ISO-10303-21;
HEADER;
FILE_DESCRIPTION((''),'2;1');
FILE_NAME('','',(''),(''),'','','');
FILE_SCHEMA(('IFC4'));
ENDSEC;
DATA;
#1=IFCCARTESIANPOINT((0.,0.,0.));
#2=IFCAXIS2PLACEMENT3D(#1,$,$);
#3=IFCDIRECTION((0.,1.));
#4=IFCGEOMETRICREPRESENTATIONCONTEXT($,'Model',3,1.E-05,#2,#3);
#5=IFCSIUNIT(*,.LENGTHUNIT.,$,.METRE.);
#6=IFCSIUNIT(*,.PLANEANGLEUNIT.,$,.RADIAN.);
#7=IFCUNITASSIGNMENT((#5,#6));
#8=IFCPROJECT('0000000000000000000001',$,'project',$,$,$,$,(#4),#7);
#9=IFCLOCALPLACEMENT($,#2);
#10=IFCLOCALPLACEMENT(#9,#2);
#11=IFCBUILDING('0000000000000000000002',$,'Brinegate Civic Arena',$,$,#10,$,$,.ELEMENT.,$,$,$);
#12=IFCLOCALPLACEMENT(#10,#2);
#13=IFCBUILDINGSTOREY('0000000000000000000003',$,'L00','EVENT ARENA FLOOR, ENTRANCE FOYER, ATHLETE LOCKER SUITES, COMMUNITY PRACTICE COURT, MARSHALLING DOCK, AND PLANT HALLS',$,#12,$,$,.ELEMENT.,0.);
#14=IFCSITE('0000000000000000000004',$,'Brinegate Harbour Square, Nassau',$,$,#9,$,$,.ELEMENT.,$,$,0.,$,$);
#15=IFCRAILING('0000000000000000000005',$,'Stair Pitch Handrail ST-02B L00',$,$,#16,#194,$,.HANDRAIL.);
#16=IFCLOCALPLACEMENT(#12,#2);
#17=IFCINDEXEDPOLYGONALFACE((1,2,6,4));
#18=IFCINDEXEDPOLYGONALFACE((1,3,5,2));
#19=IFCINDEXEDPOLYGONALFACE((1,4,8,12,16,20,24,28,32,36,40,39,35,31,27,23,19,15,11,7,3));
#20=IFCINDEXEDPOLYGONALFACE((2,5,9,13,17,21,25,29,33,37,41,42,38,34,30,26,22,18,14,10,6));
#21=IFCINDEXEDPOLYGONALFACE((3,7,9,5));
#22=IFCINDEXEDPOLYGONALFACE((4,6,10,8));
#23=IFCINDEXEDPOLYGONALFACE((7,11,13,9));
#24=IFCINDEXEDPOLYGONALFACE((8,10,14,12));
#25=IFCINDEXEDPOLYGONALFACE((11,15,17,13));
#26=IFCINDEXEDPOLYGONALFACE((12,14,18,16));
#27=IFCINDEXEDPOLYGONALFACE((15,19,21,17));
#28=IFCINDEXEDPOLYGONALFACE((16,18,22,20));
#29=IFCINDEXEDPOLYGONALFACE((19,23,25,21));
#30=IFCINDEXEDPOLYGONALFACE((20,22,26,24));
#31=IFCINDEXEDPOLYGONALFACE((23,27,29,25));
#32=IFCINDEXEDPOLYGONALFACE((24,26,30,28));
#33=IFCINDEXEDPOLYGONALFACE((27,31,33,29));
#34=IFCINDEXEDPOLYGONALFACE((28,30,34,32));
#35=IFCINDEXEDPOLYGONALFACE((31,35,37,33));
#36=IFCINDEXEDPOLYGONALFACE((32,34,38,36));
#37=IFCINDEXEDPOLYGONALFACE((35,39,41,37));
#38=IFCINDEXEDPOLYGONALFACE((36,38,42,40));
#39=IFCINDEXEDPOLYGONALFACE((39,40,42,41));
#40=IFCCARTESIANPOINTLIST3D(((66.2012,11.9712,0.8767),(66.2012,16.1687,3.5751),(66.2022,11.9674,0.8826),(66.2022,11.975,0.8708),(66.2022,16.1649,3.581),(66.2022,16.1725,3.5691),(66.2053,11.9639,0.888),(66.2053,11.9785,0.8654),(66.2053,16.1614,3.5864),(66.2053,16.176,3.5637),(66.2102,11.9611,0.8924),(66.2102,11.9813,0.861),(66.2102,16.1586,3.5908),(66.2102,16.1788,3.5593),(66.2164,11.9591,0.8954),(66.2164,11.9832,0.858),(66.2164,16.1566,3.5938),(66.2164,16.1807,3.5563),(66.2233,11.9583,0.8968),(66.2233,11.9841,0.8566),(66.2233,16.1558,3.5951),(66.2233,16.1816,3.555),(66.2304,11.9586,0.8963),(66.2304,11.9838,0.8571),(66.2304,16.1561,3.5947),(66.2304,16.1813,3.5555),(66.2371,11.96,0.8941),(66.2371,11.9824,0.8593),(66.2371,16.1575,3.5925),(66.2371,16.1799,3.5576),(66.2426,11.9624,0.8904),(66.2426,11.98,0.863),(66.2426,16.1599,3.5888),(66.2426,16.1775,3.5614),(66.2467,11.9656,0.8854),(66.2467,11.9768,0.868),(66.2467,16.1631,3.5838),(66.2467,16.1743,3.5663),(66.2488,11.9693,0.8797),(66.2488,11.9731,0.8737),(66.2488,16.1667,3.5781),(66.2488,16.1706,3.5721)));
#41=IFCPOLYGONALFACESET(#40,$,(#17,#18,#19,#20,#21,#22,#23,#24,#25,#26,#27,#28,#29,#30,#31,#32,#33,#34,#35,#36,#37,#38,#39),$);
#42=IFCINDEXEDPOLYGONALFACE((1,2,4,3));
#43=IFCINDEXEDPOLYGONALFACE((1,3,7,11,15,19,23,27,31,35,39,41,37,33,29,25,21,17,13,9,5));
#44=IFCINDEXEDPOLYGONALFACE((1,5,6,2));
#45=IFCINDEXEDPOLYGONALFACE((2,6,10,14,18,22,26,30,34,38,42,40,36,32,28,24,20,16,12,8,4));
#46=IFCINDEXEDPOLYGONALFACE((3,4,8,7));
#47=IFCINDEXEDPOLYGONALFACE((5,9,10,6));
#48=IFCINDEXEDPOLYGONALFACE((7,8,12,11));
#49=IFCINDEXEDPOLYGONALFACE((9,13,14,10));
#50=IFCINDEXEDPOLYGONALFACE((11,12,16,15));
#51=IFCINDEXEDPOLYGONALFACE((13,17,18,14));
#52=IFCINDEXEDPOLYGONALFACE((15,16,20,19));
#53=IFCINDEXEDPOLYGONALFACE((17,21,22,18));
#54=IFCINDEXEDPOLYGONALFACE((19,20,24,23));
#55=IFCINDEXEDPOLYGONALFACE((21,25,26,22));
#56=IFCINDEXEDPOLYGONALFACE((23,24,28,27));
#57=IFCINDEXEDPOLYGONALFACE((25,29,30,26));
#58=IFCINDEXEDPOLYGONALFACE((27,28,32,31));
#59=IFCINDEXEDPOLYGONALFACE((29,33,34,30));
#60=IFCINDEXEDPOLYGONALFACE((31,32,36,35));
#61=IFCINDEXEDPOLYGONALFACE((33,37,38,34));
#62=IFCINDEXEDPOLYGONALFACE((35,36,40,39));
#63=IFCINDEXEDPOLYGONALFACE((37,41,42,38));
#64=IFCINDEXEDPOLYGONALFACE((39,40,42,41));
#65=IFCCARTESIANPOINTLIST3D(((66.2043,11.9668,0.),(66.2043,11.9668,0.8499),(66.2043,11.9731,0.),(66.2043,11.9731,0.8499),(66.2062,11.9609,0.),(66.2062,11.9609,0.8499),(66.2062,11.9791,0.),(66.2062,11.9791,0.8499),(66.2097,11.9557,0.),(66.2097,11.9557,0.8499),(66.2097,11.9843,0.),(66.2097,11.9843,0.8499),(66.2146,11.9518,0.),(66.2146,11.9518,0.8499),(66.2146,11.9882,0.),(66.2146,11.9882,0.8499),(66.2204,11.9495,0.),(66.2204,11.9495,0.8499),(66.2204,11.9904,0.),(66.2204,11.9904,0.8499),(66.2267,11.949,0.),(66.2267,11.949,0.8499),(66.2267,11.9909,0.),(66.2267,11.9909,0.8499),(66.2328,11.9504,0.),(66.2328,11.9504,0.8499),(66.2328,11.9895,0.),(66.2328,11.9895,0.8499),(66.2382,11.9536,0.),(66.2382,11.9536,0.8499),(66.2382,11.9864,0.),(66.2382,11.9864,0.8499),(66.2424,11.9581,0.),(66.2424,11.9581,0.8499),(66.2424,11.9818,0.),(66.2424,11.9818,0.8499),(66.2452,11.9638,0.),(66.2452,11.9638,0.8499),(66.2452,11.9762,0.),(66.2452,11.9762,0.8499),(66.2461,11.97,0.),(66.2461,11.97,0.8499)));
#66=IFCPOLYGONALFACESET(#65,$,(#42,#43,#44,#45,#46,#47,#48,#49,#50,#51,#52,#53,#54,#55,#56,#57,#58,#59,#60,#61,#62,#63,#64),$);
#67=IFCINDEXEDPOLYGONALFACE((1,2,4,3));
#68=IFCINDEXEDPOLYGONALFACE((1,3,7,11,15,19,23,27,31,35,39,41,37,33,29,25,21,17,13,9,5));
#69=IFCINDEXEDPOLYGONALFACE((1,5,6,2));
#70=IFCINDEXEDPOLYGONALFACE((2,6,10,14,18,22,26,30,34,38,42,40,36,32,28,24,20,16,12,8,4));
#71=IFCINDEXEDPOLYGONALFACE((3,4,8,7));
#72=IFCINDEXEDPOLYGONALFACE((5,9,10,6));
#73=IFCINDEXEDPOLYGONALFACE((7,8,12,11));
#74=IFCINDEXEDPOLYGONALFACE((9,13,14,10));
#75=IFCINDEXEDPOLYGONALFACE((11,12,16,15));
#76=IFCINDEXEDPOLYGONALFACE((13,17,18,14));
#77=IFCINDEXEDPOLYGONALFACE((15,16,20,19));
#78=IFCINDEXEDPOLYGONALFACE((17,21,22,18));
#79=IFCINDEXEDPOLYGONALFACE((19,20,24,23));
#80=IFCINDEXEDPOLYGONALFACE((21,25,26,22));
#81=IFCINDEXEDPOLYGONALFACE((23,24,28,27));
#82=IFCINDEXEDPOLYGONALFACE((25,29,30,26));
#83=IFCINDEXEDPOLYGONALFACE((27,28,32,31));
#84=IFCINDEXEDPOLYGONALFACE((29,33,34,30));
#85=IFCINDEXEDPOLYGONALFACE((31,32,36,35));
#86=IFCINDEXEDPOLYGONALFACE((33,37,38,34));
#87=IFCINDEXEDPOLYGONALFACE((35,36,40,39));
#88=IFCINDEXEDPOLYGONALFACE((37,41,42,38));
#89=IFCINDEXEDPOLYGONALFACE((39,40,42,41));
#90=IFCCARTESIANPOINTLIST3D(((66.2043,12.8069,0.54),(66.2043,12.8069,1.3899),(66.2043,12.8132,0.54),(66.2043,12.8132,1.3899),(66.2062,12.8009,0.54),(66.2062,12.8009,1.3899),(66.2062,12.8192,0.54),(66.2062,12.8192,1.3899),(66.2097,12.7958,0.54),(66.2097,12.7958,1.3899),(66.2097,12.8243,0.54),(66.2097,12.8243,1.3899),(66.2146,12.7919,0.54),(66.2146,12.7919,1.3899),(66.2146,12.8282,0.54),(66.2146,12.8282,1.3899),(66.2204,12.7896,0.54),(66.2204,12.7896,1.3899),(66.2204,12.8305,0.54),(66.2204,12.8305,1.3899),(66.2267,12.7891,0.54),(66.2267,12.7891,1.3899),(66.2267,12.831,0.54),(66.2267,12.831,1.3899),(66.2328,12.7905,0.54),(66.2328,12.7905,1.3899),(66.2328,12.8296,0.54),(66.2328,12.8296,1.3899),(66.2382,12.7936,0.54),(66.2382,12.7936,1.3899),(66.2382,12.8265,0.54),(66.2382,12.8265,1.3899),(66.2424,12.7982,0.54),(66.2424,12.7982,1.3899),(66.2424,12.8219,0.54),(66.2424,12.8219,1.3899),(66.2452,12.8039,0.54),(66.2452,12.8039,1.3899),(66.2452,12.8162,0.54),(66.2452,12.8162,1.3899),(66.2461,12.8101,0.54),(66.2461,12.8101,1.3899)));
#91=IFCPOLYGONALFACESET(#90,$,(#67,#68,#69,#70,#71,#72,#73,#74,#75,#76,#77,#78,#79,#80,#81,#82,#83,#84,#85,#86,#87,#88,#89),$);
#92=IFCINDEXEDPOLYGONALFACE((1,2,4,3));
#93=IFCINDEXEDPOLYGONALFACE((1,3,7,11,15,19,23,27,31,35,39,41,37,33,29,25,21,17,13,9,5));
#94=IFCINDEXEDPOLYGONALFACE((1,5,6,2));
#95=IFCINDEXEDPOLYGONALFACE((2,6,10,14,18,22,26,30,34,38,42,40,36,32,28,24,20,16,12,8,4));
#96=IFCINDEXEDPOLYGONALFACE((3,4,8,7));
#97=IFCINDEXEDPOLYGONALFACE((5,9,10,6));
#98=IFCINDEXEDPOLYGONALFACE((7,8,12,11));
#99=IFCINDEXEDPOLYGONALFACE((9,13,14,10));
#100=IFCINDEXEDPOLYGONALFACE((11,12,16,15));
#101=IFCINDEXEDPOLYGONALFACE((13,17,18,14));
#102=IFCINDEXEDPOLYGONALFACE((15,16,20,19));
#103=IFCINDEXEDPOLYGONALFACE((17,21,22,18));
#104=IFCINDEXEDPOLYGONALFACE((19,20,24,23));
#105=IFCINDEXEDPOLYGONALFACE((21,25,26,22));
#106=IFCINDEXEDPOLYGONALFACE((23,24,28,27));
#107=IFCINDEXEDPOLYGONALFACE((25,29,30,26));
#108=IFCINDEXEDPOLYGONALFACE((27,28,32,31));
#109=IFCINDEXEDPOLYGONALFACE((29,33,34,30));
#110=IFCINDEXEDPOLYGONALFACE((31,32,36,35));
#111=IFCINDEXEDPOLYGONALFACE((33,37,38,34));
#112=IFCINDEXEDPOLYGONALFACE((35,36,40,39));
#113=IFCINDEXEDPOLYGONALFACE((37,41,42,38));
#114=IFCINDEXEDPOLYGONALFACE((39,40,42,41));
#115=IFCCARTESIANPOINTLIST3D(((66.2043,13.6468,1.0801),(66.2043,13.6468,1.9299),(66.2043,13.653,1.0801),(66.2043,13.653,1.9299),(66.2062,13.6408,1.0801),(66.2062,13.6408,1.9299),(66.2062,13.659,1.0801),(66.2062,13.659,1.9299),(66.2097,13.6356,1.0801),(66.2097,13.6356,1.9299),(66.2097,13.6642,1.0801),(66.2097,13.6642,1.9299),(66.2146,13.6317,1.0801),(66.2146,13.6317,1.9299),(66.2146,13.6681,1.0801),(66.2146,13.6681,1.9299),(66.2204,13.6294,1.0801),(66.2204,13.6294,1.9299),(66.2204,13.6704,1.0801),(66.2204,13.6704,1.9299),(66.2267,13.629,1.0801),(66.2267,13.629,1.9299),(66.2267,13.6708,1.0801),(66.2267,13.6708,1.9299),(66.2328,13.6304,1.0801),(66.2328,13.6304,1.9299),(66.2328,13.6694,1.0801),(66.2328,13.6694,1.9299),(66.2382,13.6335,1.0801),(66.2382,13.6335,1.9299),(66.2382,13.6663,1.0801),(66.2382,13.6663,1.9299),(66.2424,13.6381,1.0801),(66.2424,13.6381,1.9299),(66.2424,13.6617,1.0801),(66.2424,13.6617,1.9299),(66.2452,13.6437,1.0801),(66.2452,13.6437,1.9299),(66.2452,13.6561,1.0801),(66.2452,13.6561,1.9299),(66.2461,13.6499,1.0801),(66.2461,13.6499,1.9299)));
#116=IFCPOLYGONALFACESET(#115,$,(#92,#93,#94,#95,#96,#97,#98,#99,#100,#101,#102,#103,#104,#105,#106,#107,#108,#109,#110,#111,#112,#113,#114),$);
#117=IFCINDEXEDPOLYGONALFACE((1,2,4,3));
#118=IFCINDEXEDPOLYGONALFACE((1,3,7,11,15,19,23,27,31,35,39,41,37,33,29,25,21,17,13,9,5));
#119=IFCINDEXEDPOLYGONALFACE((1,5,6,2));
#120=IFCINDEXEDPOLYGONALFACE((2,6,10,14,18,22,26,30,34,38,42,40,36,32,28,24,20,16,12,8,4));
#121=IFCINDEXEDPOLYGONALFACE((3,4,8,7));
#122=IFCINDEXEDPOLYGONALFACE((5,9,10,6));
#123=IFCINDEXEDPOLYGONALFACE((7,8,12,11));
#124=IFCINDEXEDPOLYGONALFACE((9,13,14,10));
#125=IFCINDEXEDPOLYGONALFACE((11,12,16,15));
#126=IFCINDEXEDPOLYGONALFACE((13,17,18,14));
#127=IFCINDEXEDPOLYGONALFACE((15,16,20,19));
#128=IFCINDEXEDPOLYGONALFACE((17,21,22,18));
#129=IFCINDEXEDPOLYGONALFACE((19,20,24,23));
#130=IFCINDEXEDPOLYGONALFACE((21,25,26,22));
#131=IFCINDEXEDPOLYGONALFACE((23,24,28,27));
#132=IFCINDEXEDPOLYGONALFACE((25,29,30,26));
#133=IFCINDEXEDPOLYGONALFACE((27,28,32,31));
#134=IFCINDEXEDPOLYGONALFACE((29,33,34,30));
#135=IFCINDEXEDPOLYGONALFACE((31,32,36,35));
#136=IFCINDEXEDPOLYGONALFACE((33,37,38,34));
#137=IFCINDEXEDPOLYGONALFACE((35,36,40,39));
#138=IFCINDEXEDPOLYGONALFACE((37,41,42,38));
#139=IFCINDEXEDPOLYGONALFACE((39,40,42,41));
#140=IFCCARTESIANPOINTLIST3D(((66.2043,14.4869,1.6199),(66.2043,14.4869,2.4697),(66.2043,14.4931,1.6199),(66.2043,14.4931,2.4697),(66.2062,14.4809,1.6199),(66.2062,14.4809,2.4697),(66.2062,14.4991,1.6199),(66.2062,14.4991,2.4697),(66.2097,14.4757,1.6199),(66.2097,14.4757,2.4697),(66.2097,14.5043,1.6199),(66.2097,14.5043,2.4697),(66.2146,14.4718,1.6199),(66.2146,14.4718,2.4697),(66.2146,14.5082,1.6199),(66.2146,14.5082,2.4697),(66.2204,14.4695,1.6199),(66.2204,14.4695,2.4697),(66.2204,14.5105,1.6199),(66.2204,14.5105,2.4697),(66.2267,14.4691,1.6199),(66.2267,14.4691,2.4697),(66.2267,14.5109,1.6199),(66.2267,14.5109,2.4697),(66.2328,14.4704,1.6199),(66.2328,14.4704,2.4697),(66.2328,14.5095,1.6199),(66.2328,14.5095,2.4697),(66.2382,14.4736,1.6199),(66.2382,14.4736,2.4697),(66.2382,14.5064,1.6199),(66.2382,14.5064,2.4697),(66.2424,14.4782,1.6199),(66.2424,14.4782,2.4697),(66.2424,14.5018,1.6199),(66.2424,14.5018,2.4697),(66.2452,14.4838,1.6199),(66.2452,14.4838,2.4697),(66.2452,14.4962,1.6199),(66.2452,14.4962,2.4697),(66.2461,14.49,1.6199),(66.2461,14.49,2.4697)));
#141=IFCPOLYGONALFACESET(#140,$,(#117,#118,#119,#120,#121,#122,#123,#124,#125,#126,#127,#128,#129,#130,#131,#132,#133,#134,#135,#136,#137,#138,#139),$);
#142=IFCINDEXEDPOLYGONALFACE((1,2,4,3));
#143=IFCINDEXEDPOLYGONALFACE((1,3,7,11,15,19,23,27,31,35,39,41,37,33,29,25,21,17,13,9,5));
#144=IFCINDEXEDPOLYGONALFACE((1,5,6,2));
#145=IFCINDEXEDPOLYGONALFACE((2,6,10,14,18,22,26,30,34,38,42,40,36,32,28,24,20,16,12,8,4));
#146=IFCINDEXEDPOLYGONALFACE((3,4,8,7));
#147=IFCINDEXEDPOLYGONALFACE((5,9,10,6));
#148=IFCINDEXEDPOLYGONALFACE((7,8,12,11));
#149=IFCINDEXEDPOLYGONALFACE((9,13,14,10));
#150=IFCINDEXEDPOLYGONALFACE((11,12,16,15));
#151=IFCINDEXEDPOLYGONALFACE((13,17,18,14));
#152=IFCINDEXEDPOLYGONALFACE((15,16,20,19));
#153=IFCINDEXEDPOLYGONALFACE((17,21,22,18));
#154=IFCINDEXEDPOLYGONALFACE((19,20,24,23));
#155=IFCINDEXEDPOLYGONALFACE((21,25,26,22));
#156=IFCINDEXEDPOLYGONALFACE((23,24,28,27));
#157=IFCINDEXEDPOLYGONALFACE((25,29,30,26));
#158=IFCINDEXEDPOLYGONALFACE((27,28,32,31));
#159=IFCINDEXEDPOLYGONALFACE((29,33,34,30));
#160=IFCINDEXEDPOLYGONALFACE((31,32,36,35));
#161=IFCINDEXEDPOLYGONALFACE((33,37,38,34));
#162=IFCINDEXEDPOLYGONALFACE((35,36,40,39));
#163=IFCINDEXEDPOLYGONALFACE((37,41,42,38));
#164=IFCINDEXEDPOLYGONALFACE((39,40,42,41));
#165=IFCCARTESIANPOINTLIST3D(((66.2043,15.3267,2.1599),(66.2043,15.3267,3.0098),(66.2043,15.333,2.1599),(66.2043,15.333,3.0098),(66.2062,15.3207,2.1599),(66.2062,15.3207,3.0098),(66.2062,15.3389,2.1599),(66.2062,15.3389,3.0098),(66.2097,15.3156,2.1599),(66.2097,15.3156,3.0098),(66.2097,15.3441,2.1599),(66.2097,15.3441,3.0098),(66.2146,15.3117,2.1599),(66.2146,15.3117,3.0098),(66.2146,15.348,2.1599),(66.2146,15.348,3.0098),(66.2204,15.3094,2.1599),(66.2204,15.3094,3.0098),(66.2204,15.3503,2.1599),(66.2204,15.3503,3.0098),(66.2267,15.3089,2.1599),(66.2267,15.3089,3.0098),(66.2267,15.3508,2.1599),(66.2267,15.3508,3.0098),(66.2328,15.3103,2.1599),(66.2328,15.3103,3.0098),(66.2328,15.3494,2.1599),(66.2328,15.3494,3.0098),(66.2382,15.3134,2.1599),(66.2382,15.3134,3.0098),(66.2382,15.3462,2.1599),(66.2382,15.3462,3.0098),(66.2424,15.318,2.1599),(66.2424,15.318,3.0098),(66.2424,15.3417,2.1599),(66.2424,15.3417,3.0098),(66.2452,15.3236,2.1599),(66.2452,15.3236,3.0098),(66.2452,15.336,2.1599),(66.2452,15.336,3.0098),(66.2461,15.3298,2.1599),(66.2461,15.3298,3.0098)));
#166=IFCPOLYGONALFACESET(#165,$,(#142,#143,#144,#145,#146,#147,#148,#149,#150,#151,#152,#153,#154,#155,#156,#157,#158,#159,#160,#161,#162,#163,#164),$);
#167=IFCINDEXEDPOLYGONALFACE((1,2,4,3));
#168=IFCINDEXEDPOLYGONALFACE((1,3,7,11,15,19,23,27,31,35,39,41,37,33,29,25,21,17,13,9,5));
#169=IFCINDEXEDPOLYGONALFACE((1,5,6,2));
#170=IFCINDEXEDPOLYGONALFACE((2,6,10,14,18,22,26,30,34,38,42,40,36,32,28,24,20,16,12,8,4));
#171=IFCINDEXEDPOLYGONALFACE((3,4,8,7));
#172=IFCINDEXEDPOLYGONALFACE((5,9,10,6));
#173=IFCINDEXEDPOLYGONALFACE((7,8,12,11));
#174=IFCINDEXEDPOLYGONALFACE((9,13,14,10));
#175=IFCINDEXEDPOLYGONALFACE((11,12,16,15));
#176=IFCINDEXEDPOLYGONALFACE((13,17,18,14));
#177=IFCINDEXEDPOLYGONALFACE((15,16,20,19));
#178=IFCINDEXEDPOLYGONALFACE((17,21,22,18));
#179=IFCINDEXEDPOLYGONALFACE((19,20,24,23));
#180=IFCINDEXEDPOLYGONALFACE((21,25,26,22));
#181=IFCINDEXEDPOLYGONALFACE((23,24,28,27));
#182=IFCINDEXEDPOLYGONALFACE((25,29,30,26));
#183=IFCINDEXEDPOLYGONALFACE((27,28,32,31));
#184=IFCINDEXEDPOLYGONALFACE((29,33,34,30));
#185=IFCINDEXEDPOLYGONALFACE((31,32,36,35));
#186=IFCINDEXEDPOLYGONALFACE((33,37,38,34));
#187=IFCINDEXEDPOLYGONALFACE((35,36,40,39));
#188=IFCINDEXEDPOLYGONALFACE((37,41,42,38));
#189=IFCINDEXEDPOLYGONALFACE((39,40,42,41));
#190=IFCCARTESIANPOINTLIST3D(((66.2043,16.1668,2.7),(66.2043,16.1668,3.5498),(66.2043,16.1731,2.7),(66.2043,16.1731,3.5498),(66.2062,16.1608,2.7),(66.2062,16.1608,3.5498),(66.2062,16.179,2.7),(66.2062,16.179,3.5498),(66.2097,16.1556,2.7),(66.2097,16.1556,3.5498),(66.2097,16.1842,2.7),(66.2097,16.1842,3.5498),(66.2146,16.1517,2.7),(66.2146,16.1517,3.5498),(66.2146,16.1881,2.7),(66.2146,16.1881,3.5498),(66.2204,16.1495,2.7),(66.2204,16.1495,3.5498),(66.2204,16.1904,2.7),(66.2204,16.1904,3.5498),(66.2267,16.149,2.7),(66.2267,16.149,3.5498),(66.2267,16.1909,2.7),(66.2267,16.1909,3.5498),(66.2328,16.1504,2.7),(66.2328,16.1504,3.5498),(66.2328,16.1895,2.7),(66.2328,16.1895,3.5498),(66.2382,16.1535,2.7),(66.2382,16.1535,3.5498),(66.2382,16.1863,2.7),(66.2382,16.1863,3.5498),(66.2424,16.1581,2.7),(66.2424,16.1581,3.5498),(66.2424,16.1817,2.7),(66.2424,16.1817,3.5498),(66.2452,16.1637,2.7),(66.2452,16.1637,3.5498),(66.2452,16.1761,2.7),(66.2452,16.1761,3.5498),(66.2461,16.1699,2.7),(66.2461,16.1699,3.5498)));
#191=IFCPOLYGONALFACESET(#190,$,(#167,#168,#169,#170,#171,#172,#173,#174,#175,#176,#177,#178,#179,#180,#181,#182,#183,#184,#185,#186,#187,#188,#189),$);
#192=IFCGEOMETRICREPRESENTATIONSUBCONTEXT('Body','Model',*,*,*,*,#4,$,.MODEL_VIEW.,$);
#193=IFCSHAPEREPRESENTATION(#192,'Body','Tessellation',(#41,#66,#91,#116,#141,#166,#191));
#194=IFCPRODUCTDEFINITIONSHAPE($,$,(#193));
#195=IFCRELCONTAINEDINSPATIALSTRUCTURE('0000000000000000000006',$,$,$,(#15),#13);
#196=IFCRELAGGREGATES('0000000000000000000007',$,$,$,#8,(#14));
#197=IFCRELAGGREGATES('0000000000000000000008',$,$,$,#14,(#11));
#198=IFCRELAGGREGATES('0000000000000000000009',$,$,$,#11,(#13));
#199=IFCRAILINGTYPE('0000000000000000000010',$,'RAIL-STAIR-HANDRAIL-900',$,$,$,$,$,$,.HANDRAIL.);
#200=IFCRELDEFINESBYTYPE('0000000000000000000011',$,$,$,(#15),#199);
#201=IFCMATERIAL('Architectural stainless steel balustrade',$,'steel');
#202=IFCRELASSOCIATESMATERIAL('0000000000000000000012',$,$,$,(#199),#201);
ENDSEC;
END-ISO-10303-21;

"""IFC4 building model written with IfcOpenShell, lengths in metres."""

from ifc_helpers import new_model, si_unit, direction, frame, origin, origin_2d, place, context, subcontext, project, spatial, circle, extrude, material, type_object, element, save


model = new_model("IFC4")

# Units and contexts
model_context = context("Model", 3, precision=1e-05, world=origin(), true_north=direction((0.0, 1.0)))
body_context = subcontext(model_context, "Body", "Model", "MODEL_VIEW")
ifc_project = project(units=[si_unit("LENGTHUNIT", "METRE"), si_unit("PLANEANGLEUNIT", "RADIAN")], contexts=[model_context])

# Site, building, storey
site_placement = place(None, origin())
site = spatial("IfcSite", under=ifc_project, at=site_placement, Name="Brinegate Harbour Square, Nassau", CompositionType="ELEMENT", RefElevation=0.0)
building_placement = place(site_placement, origin())
building = spatial("IfcBuilding", under=site, at=building_placement, Name="Brinegate Civic Arena", CompositionType="ELEMENT")
storey_placement = place(building_placement, origin())
storey = spatial("IfcBuildingStorey", under=building, at=storey_placement, Name="L00", Description="EVENT ARENA FLOOR, ENTRANCE FOYER, ATHLETE LOCKER SUITES, COMMUNITY PRACTICE COURT, MARSHALLING DOCK, AND PLANT HALLS", CompositionType="ELEMENT", Elevation=0.0)

# Railing
ifc_material_1 = material(Name="Architectural stainless steel balustrade", Category="steel")
railing_type_1 = type_object("IfcRailingType", Name="RAIL-STAIR-HANDRAIL-900", PredefinedType="HANDRAIL", material=ifc_material_1)
railing_1_placement = place(storey_placement, frame((66.2251, 11.97, 0.0)))
element("IfcRailing", 1, at=railing_1_placement, inside=storey, type_object=railing_type_1, Name="Stair Pitch Handrail ST-02B L00", PredefinedType="HANDRAIL", context=body_context, shape_type="SweptSolid", body=[
    extrude(circle(Radius=0.0239, at=origin_2d()), frame((0.0, 0.0012, 0.8767), z_axis=(0.0, 0.84118, 0.540755), x_axis=(-1.0, 0.0, 0.0)), (0.0, 0.0, 1.0), 4.99),
    extrude(circle(Radius=0.021, at=origin_2d()), origin(), (0.0, 0.0, 1.0), 0.8499),
    extrude(circle(Radius=0.021, at=origin_2d()), frame((0.0, 0.8401, 0.54)), (0.0, 0.0, 1.0), 0.8499),
    extrude(circle(Radius=0.021, at=origin_2d()), frame((0.0, 1.6799, 1.0801)), (0.0, 0.0, 1.0), 0.8499),
    extrude(circle(Radius=0.021, at=origin_2d()), frame((0.0, 2.52, 1.6199)), (0.0, 0.0, 1.0), 0.8499),
    extrude(circle(Radius=0.021, at=origin_2d()), frame((0.0, 3.3599, 2.1599)), (0.0, 0.0, 1.0), 0.8499),
    extrude(circle(Radius=0.021, at=origin_2d()), frame((0.0, 4.2, 2.7)), (0.0, 0.0, 1.0), 0.8499),
])

save(model, "model.ifc")
